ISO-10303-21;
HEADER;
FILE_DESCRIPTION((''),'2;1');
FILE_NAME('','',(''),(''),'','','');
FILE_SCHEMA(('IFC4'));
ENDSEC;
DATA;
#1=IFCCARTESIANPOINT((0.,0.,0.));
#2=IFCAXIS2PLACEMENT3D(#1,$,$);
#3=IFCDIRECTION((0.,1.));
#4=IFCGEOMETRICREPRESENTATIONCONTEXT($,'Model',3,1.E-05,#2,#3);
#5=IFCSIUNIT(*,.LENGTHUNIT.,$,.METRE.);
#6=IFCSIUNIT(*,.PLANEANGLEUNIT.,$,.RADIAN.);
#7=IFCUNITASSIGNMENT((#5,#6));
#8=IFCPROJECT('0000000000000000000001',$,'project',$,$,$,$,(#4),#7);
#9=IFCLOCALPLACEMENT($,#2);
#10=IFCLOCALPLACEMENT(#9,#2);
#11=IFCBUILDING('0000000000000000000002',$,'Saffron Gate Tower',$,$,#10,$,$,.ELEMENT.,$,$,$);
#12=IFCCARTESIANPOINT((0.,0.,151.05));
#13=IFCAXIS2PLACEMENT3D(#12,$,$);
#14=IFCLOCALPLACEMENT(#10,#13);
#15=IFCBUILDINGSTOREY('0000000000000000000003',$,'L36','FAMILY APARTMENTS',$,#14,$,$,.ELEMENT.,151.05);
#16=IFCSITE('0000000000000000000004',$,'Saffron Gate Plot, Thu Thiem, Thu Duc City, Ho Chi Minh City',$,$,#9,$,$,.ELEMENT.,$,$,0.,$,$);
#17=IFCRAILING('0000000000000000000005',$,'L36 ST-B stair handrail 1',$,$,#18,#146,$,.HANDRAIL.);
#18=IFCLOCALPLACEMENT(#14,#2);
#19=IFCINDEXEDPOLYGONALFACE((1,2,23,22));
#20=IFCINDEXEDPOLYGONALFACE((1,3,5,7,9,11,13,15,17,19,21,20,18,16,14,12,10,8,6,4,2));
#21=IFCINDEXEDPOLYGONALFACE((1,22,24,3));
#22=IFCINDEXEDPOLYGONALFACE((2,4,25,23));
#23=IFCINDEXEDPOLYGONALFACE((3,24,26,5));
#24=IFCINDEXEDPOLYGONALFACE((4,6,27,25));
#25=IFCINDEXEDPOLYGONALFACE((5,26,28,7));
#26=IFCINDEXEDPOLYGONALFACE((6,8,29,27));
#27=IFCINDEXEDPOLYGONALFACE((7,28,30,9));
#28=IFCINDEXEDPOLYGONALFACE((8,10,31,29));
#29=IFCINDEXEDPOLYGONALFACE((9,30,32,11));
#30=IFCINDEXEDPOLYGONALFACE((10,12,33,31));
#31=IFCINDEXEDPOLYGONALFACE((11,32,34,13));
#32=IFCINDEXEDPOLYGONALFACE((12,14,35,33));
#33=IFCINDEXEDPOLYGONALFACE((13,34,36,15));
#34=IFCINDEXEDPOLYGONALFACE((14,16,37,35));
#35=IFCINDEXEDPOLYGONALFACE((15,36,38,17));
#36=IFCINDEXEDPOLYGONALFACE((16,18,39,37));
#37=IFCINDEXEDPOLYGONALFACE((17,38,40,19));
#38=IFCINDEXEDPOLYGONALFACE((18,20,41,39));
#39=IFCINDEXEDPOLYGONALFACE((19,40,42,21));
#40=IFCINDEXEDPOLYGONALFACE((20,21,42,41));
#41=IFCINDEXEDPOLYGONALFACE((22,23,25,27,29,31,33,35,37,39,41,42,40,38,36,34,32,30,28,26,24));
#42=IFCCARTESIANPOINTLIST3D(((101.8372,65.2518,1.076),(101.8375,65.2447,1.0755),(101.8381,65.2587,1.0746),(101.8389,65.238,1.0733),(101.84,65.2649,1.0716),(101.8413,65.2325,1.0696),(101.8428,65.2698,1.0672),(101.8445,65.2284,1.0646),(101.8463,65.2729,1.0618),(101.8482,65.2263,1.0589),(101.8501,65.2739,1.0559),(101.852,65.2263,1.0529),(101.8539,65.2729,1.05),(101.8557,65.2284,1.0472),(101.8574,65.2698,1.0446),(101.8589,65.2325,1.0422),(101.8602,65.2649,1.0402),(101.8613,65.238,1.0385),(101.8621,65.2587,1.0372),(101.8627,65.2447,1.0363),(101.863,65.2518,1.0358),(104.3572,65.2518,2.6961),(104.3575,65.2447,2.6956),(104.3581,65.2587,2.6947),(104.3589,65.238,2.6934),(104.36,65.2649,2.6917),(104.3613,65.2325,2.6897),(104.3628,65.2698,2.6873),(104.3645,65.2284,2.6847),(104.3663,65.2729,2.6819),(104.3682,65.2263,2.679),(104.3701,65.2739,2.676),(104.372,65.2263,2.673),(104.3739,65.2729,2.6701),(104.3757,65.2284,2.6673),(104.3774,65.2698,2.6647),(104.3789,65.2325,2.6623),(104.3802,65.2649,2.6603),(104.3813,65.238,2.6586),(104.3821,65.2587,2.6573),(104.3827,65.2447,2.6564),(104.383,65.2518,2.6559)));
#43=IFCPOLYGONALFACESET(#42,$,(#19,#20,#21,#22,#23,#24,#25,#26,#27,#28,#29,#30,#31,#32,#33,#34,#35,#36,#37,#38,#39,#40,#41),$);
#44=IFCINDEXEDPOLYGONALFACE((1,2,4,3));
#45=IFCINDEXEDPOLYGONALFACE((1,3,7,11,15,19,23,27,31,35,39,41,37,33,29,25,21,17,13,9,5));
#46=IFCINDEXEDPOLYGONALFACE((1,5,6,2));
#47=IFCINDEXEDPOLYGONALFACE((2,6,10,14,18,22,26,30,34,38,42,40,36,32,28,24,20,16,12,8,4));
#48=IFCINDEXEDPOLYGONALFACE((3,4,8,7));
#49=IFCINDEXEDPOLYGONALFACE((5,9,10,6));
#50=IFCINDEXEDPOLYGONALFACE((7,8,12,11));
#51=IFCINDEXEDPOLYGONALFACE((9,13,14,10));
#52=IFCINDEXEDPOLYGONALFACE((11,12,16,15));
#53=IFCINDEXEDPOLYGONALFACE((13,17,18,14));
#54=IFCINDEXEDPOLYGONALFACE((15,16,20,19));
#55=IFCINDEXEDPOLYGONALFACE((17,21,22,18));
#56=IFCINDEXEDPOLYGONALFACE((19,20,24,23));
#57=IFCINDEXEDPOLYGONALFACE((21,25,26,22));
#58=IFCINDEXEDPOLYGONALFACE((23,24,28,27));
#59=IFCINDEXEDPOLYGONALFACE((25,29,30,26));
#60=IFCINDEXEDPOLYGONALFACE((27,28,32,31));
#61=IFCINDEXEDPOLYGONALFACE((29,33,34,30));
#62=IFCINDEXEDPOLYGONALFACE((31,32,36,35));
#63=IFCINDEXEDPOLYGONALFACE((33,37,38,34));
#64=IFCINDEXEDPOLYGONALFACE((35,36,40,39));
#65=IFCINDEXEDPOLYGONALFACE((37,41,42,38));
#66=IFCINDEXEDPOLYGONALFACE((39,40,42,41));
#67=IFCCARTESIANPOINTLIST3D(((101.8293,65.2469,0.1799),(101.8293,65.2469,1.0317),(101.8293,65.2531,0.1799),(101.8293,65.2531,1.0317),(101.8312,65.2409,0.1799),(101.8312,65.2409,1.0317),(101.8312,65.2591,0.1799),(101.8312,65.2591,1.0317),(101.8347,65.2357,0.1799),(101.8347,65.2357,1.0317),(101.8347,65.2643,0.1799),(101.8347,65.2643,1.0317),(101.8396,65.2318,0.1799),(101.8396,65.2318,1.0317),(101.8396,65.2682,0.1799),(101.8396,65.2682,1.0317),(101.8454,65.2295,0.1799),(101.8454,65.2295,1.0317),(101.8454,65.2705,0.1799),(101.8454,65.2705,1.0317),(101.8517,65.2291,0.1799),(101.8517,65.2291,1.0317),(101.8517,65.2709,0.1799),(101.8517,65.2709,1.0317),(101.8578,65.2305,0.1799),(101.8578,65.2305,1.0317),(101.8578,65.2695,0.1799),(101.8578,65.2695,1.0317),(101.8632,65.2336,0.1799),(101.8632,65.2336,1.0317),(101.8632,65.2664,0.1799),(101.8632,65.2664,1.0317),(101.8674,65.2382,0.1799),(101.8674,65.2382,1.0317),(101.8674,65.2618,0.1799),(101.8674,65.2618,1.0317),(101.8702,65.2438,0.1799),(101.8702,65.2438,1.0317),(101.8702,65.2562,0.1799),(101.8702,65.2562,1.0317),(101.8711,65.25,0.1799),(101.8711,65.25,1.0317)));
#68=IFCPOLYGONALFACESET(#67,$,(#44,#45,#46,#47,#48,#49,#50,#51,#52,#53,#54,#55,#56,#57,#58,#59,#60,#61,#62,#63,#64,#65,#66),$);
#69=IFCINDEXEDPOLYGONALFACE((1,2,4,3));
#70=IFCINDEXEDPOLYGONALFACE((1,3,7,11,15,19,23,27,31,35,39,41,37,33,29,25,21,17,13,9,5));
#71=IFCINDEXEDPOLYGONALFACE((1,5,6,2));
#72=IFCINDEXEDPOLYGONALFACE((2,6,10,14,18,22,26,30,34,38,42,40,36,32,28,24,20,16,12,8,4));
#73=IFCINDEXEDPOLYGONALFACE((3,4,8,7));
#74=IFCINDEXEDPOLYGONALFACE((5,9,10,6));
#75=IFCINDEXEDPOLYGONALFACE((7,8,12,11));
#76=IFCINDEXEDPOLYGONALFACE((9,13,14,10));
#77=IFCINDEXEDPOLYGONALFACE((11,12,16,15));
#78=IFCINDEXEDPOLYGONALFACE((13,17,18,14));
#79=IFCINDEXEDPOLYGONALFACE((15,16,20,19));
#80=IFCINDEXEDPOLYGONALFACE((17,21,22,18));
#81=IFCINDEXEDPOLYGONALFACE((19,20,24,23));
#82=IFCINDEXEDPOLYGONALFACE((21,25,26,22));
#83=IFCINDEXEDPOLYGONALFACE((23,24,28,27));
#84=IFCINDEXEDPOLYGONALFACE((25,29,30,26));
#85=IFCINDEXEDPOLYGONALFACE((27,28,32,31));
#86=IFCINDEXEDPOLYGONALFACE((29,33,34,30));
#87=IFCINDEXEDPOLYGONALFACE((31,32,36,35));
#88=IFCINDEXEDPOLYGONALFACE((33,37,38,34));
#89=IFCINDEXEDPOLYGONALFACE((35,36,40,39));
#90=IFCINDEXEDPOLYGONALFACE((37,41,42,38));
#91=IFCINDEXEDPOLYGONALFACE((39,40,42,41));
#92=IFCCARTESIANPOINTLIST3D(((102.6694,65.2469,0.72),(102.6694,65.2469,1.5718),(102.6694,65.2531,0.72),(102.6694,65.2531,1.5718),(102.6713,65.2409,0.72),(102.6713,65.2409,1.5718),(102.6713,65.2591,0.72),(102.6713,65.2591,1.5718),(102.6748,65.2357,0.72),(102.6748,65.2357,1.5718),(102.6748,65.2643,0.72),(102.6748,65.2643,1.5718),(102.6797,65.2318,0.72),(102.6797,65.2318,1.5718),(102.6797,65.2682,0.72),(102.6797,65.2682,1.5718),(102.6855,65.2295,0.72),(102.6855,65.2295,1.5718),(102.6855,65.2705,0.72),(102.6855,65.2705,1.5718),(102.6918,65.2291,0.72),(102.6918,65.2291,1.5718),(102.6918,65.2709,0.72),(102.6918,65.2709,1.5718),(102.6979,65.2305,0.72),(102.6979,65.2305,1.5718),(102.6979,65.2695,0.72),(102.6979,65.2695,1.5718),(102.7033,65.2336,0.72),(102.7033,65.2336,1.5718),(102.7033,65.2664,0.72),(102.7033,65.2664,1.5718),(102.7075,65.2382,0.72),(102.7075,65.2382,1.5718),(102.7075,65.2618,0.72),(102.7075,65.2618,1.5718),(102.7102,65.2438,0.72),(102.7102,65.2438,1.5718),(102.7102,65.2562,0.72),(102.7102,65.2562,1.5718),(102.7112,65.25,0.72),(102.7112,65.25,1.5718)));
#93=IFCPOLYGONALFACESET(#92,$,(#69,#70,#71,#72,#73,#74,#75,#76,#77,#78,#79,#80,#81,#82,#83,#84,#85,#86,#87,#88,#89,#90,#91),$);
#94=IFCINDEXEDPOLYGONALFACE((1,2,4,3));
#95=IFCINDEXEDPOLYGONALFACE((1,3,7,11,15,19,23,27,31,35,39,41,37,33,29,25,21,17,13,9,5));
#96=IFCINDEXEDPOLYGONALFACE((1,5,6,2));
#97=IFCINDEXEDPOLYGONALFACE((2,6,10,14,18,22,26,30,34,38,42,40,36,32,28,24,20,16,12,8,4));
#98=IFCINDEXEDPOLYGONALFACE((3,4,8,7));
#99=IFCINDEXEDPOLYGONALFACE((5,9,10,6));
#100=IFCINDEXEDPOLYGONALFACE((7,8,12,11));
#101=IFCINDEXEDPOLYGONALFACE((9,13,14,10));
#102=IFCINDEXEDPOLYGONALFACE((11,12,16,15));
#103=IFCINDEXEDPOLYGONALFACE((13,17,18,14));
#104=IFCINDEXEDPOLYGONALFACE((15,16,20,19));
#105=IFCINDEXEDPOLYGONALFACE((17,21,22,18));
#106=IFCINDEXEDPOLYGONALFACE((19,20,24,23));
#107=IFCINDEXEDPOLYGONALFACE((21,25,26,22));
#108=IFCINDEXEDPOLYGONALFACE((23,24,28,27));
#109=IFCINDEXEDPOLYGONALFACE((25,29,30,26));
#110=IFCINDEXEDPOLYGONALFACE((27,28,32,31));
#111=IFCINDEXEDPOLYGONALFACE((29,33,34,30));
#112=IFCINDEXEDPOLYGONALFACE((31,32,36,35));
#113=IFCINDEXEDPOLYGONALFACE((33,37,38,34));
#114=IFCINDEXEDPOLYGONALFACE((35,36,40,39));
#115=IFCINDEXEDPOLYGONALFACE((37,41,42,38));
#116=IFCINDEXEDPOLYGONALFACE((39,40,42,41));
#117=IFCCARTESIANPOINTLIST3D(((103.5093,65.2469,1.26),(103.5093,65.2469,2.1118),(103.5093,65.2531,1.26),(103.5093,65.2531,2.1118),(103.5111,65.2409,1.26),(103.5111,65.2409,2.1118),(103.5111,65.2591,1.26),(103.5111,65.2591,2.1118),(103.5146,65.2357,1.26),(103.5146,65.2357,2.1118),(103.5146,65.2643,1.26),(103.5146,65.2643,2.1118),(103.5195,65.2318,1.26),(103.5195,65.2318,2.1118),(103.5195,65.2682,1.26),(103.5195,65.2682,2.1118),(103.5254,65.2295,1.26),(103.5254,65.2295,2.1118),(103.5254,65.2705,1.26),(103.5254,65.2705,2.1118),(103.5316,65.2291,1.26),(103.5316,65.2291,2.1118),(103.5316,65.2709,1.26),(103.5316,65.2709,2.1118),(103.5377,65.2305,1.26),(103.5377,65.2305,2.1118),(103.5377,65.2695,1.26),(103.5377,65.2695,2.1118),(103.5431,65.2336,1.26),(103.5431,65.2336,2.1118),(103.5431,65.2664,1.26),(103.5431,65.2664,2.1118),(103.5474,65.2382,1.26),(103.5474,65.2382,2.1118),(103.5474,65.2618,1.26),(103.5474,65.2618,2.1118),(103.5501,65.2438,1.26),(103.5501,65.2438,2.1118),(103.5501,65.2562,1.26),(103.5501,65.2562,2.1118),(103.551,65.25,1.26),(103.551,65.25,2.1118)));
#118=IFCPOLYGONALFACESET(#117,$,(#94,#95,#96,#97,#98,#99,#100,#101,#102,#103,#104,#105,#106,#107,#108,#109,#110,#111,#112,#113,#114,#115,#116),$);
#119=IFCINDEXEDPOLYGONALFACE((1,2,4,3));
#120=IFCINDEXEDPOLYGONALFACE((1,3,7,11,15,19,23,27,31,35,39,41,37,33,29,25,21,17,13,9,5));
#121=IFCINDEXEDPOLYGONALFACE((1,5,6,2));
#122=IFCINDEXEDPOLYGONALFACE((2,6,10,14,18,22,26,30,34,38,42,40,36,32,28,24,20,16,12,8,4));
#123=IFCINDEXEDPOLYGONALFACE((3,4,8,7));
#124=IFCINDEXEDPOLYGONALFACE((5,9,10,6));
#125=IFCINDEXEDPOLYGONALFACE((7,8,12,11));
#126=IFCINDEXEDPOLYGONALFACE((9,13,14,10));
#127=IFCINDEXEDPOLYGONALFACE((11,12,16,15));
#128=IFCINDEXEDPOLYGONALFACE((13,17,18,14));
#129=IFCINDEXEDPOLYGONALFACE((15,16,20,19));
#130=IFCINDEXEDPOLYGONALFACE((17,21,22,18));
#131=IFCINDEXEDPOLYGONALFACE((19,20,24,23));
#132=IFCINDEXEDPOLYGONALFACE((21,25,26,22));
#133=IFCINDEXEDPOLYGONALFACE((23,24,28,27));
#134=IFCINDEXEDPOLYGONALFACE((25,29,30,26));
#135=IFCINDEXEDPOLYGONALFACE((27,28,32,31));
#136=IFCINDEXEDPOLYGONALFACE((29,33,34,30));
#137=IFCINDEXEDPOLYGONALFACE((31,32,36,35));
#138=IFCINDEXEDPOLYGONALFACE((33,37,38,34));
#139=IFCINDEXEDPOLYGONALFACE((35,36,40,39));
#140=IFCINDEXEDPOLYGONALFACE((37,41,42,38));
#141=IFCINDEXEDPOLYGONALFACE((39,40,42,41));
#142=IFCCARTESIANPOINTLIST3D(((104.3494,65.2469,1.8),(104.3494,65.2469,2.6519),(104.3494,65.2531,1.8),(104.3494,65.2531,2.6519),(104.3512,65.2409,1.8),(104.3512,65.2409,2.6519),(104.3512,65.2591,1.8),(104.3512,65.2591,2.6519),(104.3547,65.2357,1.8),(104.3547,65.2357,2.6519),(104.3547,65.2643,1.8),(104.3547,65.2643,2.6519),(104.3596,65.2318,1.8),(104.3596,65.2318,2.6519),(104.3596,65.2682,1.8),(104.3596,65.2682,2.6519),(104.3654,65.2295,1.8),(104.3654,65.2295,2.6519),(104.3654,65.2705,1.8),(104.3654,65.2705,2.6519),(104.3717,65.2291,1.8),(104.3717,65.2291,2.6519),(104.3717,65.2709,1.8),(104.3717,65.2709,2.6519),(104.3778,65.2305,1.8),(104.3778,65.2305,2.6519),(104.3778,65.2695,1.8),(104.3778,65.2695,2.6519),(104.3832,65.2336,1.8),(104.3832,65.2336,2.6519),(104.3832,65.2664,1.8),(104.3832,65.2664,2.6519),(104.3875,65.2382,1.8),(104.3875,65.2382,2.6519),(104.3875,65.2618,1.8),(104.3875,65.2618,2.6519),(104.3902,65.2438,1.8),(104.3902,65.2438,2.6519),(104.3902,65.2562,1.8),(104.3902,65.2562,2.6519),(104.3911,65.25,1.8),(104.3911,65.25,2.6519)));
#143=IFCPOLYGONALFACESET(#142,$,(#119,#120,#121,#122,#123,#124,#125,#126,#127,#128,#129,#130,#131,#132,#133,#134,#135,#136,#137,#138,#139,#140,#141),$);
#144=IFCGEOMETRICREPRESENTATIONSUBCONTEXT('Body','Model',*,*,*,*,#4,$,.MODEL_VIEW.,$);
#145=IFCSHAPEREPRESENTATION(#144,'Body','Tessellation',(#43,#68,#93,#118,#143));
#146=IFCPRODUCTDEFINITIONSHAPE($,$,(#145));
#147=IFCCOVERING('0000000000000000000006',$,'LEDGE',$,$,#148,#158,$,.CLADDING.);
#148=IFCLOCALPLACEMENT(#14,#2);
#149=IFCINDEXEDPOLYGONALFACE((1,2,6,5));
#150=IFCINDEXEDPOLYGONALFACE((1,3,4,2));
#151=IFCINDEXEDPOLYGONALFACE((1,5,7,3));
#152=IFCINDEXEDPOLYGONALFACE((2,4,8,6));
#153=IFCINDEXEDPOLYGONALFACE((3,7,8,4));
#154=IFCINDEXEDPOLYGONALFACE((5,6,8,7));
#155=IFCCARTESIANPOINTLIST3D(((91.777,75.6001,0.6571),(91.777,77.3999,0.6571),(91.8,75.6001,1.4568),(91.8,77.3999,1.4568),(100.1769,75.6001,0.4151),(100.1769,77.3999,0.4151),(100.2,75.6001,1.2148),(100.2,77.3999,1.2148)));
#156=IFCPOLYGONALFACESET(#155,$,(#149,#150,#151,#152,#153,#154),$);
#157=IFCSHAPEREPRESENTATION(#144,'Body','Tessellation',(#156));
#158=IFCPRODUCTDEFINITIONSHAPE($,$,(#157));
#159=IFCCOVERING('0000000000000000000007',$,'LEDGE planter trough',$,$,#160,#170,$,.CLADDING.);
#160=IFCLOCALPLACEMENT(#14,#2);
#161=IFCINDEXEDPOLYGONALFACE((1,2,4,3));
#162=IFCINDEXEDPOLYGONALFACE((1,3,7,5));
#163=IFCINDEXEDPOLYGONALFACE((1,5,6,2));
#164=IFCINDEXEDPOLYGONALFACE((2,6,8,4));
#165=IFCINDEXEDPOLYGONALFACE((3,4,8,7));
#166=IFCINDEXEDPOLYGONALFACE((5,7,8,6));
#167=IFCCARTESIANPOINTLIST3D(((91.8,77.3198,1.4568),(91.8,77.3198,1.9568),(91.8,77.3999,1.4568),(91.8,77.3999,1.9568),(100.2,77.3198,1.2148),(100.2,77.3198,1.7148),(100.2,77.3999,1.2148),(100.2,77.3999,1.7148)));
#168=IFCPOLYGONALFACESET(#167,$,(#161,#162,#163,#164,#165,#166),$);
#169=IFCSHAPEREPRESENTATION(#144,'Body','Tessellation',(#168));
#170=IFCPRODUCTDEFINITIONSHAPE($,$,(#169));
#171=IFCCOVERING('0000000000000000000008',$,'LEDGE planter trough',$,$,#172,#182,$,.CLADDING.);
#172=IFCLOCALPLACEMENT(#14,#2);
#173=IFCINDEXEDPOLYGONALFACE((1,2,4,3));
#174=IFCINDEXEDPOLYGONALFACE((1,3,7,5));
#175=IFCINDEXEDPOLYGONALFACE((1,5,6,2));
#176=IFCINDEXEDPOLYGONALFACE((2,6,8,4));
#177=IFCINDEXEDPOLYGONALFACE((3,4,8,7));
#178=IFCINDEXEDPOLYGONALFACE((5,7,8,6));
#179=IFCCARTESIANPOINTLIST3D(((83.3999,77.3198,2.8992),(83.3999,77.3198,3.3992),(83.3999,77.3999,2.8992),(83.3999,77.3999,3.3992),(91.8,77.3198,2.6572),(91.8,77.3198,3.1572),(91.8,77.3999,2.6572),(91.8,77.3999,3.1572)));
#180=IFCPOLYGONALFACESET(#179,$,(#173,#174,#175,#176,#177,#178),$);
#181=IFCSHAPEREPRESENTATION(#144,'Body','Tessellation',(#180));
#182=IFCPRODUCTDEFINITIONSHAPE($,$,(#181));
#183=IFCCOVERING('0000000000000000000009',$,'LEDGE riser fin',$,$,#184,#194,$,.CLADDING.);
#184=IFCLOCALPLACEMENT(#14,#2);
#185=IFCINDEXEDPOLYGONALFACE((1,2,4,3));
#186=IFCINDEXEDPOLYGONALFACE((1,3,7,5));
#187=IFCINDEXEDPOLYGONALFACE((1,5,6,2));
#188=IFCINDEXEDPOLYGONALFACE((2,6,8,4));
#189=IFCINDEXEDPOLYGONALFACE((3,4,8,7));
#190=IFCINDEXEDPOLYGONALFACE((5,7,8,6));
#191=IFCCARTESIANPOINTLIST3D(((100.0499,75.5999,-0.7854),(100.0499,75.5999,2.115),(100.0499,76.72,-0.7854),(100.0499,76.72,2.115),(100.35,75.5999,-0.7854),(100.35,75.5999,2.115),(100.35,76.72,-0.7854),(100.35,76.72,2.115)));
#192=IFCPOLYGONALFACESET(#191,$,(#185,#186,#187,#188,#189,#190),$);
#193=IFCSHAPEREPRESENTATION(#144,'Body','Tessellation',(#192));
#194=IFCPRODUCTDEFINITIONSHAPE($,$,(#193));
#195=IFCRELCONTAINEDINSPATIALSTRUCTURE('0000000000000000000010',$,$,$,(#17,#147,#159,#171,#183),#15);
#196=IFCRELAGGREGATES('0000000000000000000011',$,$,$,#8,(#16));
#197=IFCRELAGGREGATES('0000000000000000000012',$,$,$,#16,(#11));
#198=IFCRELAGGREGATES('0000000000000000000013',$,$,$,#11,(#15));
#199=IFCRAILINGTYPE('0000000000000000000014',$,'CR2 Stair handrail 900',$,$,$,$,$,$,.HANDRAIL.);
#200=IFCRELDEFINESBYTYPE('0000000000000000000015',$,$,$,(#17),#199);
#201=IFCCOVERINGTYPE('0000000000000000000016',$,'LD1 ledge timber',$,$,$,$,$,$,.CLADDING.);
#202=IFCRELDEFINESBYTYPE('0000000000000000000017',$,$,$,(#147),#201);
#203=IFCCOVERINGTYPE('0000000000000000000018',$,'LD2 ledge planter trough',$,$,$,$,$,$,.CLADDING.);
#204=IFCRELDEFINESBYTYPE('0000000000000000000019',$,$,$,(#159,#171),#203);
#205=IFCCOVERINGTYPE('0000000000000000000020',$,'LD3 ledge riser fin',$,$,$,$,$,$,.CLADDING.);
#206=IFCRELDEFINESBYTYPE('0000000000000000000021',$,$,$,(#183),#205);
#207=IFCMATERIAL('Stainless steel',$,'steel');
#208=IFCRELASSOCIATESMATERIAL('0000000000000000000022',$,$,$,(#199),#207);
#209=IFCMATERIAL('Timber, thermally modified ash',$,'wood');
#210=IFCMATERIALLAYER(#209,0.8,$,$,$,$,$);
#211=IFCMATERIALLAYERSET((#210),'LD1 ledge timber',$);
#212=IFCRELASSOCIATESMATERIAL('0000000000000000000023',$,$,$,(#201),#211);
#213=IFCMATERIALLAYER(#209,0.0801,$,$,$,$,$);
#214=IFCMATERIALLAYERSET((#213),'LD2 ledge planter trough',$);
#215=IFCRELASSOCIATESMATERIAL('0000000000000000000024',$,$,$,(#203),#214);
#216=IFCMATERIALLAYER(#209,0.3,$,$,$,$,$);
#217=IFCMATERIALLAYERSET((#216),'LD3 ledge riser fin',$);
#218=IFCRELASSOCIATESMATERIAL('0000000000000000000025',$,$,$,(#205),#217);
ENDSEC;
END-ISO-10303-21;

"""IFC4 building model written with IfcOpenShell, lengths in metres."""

from ifc_helpers import new_model, si_unit, direction, frame, origin, origin_2d, place, context, subcontext, project, spatial, polyline, rectangle, circle, outline, extrude, material, layer, layer_set, type_object, element, save


model = new_model("IFC4")

# Units and contexts
model_context = context("Model", 3, precision=1e-05, world=origin(), true_north=direction((0.0, 1.0)))
body_context = subcontext(model_context, "Body", "Model", "MODEL_VIEW")
ifc_project = project(units=[si_unit("LENGTHUNIT", "METRE"), si_unit("PLANEANGLEUNIT", "RADIAN")], contexts=[model_context])

# Site, building, storey
site_placement = place(None, origin())
site = spatial("IfcSite", under=ifc_project, at=site_placement, Name="Saffron Gate Plot, Thu Thiem, Thu Duc City, Ho Chi Minh City", CompositionType="ELEMENT", RefElevation=0.0)
building_placement = place(site_placement, origin())
building = spatial("IfcBuilding", under=site, at=building_placement, Name="Saffron Gate Tower", CompositionType="ELEMENT")
storey_placement = place(building_placement, frame((0.0, 0.0, 151.05)))
storey = spatial("IfcBuildingStorey", under=building, at=storey_placement, Name="L36", Description="FAMILY APARTMENTS", CompositionType="ELEMENT", Elevation=151.05)

# Railing
ifc_material_1 = material(Name="Stainless steel", Category="steel")
railing_type_1 = type_object("IfcRailingType", Name="CR2 Stair handrail 900", PredefinedType="HANDRAIL", material=ifc_material_1)
railing_1_placement = place(storey_placement, frame((101.8501, 65.25, 0.1799)))
element("IfcRailing", 1, at=railing_1_placement, inside=storey, type_object=railing_type_1, Name="L36 ST-B stair handrail 1", PredefinedType="HANDRAIL", context=body_context, shape_type="SweptSolid", body=[
    extrude(circle(Radius=0.0239, at=origin_2d()), frame((0.0, 0.0, 0.876), z_axis=(0.841163, 0.0, 0.540782), x_axis=(0.0, 1.0, 0.0)), (0.0, 0.0, 1.0), 2.9958),
    extrude(circle(Radius=0.021, at=origin_2d()), origin(), (0.0, 0.0, 1.0), 0.8518),
    extrude(circle(Radius=0.021, at=origin_2d()), frame((0.8401, 0.0, 0.54)), (0.0, 0.0, 1.0), 0.8518),
    extrude(circle(Radius=0.021, at=origin_2d()), frame((1.6799, 0.0, 1.0801)), (0.0, 0.0, 1.0), 0.8518),
    extrude(circle(Radius=0.021, at=origin_2d()), frame((2.52, 0.0, 1.6201)), (0.0, 0.0, 1.0), 0.8518),
])

# Coverings
ifc_material_2 = material(Name="Timber, thermally modified ash", Category="wood")
ifc_layer_1 = layer(ifc_material_2, 0.8)
ifc_layer_set_1 = layer_set([ifc_layer_1], Name="LD1 ledge timber")
covering_type_1 = type_object("IfcCoveringType", Name="LD1 ledge timber", PredefinedType="CLADDING", material=ifc_layer_set_1)
covering_1_placement = place(storey_placement, frame((100.2, 75.6001, 1.2148), z_axis=(0.028791, 0.0, 0.999585), x_axis=(-0.999585, 0.0, 0.028791)))
element("IfcCovering", 2, at=covering_1_placement, inside=storey, type_object=covering_type_1, Name="LEDGE", PredefinedType="CLADDING", context=body_context, shape_type="SweptSolid", body=[
    extrude(outline(polyline([(0.0, 0.0), (8.4034, 0.0), (8.4034, -1.7998), (0.0, -1.7998), (0.0, 0.0)])), origin(), (0.0, 0.0, -1.0), 0.8),
])
ifc_layer_2 = layer(ifc_material_2, 0.0801)
ifc_layer_set_2 = layer_set([ifc_layer_2], Name="LD2 ledge planter trough")
covering_type_2 = type_object("IfcCoveringType", Name="LD2 ledge planter trough", PredefinedType="CLADDING", material=ifc_layer_set_2)
covering_2_placement = place(storey_placement, frame((100.2, 77.3999, 1.2148), z_axis=(0.0, 1.0, 0.0), x_axis=(-0.999585, 0.0, 0.028791)))
element("IfcCovering", 3, at=covering_2_placement, inside=storey, type_object=covering_type_2, Name="LEDGE planter trough", PredefinedType="CLADDING", context=body_context, shape_type="SweptSolid", body=[
    extrude(outline(polyline([(0.0, 0.0), (8.4034, 0.0), (8.4178, 0.4998), (0.0144, 0.4998), (0.0, 0.0)])), origin(), (0.0, 0.0, -1.0), 0.0801),
])
covering_3_placement = place(storey_placement, frame((91.8, 77.3999, 2.6572), z_axis=(0.0, 1.0, 0.0), x_axis=(-0.999585, 0.0, 0.02879)))
element("IfcCovering", 4, at=covering_3_placement, inside=storey, type_object=covering_type_2, Name="LEDGE planter trough", PredefinedType="CLADDING", context=body_context, shape_type="SweptSolid", body=[
    extrude(outline(polyline([(0.0, 0.0), (8.4036, 0.0), (8.418, 0.4998), (0.0144, 0.4998), (0.0, 0.0)])), origin(), (0.0, 0.0, -1.0), 0.0801),
])
ifc_layer_3 = layer(ifc_material_2, 0.3)
ifc_layer_set_3 = layer_set([ifc_layer_3], Name="LD3 ledge riser fin")
covering_type_3 = type_object("IfcCoveringType", Name="LD3 ledge riser fin", PredefinedType="CLADDING", material=ifc_layer_set_3)
covering_4_placement = place(storey_placement, frame((100.2, 76.1599, -0.7854), z_axis=(0.0, 0.0, 1.0), x_axis=(-1.0, 0.0, 0.0)))
element("IfcCovering", 5, at=covering_4_placement, inside=storey, type_object=covering_type_3, Name="LEDGE riser fin", PredefinedType="CLADDING", context=body_context, shape_type="SweptSolid", body=[
    extrude(rectangle(XDim=0.3, YDim=1.1201, at=origin_2d()), origin(), (0.0, 0.0, 1.0), 2.9004),
])

save(model, "model.ifc")
